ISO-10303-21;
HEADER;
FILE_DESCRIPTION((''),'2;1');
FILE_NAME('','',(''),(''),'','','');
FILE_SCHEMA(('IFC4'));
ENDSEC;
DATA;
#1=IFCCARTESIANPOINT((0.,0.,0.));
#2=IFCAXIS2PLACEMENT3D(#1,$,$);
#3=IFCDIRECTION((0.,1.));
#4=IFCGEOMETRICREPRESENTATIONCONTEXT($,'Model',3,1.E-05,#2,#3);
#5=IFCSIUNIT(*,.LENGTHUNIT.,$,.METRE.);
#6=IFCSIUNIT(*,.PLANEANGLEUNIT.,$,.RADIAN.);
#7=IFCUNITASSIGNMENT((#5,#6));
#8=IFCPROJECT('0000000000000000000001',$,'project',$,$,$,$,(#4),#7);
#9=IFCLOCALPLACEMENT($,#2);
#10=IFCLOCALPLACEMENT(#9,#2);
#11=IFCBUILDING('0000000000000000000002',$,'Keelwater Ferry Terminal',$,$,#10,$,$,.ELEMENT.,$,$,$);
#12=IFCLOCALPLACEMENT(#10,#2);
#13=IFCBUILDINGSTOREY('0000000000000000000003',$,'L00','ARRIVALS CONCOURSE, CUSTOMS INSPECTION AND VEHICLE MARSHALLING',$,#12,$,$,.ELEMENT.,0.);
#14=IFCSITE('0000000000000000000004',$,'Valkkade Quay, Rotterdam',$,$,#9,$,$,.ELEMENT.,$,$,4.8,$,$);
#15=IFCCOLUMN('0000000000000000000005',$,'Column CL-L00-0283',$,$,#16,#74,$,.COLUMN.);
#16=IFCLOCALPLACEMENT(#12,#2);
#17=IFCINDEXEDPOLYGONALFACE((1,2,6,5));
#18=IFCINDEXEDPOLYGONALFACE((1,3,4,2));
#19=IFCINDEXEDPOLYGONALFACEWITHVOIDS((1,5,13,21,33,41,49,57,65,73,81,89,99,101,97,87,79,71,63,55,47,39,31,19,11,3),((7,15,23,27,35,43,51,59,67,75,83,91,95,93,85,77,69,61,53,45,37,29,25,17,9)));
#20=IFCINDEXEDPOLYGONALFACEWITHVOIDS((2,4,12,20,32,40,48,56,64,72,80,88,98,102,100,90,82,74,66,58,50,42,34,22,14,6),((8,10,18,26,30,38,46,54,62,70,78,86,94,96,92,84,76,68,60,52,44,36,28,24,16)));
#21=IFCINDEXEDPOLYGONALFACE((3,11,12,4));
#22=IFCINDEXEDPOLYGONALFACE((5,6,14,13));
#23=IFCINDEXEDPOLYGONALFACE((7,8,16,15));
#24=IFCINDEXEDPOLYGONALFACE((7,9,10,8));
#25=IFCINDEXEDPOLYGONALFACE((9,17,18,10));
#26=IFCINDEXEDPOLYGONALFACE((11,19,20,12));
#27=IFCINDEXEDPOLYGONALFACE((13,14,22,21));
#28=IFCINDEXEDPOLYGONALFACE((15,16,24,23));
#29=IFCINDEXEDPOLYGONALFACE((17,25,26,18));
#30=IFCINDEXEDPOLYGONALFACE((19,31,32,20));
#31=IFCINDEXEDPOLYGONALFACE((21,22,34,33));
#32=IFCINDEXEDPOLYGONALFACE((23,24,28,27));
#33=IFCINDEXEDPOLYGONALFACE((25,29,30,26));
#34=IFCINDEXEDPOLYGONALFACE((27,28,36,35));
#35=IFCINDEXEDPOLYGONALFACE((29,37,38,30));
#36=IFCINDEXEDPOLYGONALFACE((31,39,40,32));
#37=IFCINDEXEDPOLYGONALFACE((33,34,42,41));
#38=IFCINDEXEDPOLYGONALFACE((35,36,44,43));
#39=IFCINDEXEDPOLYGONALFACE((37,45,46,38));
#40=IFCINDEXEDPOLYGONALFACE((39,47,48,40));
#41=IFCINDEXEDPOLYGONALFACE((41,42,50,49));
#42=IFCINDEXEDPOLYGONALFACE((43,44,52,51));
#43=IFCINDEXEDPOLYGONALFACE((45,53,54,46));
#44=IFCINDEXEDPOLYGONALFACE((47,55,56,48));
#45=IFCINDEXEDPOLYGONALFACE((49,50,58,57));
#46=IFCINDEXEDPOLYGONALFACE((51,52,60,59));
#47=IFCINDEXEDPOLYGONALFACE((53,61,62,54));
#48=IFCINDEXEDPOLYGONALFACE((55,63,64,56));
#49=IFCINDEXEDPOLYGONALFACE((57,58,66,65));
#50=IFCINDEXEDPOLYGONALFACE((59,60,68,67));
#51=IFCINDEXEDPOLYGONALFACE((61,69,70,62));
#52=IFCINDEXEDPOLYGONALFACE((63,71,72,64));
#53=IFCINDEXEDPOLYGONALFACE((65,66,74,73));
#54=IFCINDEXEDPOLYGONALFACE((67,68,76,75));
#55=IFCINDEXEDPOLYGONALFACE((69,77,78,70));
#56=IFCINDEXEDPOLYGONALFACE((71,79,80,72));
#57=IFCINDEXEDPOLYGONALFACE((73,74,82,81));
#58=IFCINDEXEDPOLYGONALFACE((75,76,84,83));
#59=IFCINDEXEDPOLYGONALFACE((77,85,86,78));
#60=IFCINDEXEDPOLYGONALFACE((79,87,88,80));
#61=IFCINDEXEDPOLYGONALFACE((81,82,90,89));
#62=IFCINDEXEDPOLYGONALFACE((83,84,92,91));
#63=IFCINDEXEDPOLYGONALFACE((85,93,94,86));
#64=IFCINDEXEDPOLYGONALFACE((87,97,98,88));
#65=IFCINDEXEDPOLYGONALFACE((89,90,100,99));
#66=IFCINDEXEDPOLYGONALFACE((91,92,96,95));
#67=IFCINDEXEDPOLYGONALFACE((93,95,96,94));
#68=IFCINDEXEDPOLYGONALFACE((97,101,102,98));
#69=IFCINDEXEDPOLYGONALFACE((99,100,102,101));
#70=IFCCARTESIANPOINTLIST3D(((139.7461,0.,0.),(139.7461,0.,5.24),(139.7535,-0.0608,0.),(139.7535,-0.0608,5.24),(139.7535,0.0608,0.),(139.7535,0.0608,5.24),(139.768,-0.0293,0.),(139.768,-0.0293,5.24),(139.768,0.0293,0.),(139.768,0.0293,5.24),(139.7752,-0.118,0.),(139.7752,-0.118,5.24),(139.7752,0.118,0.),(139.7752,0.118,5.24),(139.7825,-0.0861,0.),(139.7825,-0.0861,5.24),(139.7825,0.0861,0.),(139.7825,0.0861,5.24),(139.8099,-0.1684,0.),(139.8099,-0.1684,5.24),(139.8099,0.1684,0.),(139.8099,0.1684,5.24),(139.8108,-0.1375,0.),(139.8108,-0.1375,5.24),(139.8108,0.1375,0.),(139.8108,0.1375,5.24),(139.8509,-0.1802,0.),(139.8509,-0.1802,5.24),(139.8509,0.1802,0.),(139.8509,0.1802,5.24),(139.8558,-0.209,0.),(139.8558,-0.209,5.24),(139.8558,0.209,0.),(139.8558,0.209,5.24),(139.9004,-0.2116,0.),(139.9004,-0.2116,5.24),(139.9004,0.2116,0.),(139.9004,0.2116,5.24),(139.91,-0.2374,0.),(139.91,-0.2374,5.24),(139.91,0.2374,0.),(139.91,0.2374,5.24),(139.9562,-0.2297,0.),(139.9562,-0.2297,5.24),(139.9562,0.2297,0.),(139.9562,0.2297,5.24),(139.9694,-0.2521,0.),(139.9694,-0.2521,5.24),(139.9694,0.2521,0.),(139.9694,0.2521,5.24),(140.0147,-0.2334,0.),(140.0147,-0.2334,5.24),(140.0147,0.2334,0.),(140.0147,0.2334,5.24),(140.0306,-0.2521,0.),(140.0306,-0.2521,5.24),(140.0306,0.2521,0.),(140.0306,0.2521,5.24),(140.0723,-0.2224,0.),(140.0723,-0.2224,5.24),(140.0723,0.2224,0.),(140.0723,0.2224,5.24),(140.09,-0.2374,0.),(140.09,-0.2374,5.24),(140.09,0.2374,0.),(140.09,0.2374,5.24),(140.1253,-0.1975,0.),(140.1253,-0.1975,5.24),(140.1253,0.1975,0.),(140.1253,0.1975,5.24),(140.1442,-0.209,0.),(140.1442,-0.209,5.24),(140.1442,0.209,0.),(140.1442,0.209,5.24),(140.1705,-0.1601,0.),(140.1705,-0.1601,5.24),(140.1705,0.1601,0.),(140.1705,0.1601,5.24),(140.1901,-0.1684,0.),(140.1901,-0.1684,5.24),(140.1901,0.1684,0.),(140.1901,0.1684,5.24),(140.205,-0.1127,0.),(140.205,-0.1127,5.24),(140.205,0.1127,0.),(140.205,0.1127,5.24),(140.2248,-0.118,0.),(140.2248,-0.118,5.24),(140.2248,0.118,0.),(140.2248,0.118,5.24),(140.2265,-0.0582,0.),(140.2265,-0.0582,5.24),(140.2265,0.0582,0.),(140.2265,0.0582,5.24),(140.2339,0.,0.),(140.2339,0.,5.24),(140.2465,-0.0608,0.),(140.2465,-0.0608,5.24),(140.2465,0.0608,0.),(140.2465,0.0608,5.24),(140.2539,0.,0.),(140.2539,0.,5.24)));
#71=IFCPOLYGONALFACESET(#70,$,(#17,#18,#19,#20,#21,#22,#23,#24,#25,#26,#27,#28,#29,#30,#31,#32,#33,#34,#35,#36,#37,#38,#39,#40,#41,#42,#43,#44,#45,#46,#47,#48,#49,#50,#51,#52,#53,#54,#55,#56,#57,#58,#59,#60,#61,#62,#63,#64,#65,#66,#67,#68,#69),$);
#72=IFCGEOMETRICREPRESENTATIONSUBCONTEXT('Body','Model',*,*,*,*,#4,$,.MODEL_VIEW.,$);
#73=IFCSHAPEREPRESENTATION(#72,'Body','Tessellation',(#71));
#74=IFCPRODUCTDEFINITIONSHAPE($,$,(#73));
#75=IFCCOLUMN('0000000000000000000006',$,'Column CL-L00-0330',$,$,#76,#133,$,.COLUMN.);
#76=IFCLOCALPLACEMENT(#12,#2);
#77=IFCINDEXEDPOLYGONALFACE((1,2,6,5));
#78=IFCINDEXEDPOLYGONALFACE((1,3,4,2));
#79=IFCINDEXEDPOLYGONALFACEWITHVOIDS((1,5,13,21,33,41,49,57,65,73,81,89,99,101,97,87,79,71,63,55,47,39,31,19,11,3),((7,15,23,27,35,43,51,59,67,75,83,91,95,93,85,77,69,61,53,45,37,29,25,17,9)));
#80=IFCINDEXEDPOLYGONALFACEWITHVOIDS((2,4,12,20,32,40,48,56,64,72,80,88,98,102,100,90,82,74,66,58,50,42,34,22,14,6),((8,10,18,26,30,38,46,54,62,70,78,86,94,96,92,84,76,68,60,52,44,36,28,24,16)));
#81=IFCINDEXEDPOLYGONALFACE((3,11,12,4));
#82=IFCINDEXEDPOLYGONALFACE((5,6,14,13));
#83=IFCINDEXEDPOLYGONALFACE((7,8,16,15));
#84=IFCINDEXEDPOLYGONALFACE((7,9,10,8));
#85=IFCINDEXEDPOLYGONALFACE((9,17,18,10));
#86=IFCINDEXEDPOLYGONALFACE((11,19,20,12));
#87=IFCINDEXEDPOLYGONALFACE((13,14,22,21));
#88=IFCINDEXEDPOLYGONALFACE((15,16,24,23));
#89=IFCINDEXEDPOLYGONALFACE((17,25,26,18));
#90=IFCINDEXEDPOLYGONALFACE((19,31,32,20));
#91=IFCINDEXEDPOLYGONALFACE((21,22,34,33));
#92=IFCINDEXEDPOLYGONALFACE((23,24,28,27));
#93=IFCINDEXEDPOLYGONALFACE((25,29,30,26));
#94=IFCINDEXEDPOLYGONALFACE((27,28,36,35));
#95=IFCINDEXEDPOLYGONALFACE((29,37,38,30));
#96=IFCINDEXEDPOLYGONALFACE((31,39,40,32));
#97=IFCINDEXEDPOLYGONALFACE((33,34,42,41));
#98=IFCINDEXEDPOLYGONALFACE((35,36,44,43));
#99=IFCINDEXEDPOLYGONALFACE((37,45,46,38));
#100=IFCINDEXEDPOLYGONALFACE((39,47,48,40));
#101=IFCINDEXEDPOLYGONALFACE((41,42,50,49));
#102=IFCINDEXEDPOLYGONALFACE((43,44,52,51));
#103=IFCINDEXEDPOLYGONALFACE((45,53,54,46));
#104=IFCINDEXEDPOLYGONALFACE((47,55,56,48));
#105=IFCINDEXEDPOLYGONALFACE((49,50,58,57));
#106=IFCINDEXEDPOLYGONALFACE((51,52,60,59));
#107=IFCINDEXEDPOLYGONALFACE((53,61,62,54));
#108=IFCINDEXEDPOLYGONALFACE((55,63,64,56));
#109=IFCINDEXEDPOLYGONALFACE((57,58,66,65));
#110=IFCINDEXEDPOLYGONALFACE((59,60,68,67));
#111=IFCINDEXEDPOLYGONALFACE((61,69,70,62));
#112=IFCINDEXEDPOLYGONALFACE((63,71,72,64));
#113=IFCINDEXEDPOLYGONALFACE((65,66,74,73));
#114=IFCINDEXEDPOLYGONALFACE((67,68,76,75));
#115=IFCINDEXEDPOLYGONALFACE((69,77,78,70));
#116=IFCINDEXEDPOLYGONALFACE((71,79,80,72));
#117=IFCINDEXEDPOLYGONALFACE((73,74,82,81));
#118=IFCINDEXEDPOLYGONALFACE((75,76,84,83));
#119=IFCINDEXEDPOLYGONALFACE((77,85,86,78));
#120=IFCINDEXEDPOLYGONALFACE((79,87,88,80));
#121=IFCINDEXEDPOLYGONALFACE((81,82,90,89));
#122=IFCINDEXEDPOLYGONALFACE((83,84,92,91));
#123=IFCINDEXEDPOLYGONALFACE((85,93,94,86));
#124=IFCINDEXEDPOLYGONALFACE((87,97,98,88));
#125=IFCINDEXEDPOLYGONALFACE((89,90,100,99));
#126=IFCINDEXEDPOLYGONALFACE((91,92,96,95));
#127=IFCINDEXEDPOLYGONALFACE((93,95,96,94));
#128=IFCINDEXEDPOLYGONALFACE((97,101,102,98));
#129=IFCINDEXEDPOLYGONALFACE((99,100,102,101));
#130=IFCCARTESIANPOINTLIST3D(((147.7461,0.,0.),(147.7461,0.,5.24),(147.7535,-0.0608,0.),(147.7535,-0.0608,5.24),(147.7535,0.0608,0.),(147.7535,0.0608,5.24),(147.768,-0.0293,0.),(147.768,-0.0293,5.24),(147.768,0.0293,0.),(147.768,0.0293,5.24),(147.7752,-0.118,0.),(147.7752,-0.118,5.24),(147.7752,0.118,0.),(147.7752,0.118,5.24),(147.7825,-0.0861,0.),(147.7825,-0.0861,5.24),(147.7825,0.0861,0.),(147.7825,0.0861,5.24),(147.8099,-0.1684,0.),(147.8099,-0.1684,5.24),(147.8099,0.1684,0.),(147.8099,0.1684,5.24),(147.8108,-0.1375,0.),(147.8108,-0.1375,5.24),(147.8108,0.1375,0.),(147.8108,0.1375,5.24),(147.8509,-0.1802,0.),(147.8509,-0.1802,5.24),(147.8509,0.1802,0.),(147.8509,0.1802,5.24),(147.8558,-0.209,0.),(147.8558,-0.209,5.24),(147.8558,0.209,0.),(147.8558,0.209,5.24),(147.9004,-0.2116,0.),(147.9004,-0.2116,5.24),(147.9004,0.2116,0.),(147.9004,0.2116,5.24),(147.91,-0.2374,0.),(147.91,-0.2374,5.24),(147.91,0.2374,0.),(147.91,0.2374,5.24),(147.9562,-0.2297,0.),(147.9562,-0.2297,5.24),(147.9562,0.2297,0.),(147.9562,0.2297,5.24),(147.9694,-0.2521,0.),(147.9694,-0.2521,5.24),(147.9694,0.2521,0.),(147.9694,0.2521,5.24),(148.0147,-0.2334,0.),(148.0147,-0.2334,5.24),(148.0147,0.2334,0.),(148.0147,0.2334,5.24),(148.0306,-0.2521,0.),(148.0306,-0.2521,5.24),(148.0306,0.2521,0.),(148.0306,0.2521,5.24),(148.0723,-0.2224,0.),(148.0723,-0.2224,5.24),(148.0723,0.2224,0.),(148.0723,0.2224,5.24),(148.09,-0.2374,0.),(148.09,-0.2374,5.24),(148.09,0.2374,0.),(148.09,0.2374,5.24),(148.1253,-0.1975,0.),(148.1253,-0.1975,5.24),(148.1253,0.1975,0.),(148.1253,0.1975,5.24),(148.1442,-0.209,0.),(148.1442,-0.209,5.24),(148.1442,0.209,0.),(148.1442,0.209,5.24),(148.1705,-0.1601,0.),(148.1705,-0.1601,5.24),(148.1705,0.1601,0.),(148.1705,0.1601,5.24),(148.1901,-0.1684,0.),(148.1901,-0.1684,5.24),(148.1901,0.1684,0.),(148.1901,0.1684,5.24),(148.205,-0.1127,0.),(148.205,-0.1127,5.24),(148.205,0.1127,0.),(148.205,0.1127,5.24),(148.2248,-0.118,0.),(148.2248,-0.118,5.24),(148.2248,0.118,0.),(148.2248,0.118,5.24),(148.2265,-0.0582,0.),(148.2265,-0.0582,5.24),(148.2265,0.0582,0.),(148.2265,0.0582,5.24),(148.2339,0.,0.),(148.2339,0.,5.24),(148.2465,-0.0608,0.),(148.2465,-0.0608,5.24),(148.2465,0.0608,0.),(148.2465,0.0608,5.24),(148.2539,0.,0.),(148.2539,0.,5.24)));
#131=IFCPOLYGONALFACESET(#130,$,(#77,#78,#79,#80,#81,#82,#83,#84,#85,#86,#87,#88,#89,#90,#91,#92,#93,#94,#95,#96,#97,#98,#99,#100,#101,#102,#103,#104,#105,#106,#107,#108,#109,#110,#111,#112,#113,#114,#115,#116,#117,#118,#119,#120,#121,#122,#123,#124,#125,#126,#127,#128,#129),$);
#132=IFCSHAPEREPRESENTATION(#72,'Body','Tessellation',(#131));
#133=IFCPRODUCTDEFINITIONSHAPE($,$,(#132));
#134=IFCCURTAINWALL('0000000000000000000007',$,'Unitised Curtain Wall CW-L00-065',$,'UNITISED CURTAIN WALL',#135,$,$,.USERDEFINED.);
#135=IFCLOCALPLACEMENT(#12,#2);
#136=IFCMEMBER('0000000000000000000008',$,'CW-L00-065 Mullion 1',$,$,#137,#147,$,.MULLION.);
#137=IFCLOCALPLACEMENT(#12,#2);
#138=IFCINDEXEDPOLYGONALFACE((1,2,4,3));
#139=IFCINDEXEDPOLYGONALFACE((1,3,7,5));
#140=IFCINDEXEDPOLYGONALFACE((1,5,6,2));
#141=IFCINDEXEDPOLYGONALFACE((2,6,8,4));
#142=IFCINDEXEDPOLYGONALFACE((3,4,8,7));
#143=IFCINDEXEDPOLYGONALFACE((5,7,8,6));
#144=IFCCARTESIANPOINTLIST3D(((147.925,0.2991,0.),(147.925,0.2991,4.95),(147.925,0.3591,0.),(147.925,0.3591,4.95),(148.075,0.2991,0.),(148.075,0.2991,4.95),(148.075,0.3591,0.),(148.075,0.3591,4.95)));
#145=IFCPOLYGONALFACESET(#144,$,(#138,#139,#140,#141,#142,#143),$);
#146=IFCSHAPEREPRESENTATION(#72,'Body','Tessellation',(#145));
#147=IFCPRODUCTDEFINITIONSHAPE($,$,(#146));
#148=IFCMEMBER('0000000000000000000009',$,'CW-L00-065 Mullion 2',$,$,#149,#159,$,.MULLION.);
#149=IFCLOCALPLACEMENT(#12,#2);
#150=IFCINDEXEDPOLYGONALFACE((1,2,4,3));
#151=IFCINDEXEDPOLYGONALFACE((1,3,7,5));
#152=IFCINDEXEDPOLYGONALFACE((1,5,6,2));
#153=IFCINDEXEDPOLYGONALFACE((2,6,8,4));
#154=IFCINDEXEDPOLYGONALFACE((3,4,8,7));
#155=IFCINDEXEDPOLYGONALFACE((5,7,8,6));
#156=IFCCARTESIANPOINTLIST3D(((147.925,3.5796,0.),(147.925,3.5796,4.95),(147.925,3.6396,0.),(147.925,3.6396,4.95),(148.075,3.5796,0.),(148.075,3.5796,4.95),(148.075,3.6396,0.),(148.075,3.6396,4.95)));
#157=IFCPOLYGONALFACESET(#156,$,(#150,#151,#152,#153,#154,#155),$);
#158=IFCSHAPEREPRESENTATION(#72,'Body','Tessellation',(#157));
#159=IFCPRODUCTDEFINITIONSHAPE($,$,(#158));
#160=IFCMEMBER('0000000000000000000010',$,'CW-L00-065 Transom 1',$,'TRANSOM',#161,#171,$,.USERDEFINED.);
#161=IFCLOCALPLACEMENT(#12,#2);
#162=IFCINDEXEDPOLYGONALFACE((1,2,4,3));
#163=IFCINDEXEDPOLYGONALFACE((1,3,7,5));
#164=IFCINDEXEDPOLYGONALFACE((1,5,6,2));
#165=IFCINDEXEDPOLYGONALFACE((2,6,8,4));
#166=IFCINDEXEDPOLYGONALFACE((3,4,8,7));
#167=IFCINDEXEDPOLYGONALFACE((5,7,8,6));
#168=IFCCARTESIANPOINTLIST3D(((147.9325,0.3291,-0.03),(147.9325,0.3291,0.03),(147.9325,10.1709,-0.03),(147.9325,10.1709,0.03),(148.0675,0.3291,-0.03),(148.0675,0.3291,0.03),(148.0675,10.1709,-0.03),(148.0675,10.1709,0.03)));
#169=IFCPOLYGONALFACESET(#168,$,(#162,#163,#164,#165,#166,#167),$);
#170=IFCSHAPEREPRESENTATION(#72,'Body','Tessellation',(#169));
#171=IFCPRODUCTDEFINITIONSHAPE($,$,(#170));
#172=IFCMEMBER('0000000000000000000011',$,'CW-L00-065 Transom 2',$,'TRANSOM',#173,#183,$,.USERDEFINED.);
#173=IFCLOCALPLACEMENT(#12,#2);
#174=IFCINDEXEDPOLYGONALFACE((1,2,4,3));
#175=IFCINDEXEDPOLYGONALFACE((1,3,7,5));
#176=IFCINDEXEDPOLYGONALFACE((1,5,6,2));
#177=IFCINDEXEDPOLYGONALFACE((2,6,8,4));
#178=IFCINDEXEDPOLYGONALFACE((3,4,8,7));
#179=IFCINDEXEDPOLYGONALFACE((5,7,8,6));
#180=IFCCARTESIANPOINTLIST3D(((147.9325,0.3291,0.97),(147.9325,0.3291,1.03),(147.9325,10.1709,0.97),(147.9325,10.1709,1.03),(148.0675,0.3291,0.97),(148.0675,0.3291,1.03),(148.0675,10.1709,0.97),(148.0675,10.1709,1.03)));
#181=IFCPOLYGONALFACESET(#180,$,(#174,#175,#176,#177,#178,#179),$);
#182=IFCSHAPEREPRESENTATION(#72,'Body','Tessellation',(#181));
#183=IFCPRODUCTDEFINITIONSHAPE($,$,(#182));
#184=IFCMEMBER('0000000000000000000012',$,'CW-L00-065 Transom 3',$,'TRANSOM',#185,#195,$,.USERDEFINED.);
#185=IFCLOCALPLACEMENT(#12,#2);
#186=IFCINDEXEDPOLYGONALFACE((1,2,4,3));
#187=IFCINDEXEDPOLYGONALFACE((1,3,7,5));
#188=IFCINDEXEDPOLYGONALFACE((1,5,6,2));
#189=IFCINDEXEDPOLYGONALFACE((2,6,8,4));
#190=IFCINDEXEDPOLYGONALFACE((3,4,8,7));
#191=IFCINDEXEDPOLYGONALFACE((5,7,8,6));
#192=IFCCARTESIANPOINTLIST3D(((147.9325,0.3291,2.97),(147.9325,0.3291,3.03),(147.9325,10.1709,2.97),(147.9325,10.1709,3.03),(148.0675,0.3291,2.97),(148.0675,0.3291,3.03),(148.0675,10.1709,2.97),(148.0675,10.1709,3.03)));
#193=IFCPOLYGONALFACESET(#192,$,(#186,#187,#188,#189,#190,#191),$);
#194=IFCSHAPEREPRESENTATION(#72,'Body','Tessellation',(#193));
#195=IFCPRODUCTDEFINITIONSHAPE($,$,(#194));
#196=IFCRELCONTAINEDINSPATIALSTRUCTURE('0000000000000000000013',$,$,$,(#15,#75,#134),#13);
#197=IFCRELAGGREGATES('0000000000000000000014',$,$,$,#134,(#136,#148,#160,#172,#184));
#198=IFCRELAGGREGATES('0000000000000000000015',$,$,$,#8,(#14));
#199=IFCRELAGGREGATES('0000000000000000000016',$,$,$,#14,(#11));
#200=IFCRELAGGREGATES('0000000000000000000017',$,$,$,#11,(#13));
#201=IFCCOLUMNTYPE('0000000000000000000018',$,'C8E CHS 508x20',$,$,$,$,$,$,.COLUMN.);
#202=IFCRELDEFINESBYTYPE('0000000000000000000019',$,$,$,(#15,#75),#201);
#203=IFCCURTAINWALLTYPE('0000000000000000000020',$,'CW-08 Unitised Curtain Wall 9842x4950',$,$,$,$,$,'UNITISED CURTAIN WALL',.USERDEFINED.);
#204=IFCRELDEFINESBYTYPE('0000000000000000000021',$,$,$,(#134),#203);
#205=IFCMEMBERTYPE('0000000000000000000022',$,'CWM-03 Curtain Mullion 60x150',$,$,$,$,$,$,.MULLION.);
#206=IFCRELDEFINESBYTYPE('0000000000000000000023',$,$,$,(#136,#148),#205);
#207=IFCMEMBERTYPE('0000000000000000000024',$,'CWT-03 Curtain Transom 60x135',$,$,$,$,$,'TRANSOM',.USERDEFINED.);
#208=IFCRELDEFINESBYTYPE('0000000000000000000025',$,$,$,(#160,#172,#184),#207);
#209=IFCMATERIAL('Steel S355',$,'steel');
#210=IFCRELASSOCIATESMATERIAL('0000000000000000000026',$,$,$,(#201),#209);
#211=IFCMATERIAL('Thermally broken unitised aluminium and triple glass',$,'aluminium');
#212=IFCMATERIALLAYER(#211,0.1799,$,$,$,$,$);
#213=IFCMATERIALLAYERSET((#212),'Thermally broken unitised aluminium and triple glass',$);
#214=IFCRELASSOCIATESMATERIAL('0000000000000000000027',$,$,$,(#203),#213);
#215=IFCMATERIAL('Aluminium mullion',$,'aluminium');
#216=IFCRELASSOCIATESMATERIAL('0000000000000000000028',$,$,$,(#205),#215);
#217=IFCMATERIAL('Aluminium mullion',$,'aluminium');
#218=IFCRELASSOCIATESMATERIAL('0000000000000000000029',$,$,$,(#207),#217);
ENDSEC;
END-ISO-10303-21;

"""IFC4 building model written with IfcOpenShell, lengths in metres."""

from ifc_helpers import new_model, si_unit, direction, frame, origin, origin_2d, place, context, subcontext, project, spatial, rectangle, hollow_circle, extrude, material, layer, layer_set, material_profile, profile_set, type_object, element, aggregate, save


model = new_model("IFC4")

# Units and contexts
model_context = context("Model", 3, precision=1e-05, world=origin(), true_north=direction((0.0, 1.0)))
body_context = subcontext(model_context, "Body", "Model", "MODEL_VIEW")
ifc_project = project(units=[si_unit("LENGTHUNIT", "METRE"), si_unit("PLANEANGLEUNIT", "RADIAN")], contexts=[model_context])

# Site, building, storey
site_placement = place(None, origin())
site = spatial("IfcSite", under=ifc_project, at=site_placement, Name="Valkkade Quay, Rotterdam", CompositionType="ELEMENT", RefElevation=4.8)
building_placement = place(site_placement, origin())
building = spatial("IfcBuilding", under=site, at=building_placement, Name="Keelwater Ferry Terminal", CompositionType="ELEMENT")
storey_placement = place(building_placement, origin())
storey = spatial("IfcBuildingStorey", under=building, at=storey_placement, Name="L00", Description="ARRIVALS CONCOURSE, CUSTOMS INSPECTION AND VEHICLE MARSHALLING", CompositionType="ELEMENT", Elevation=0.0)

# Columns
ifc_material_1 = material(Name="Steel S355", Category="steel")
ifc_material_profile_1 = material_profile(ifc_material_1, hollow_circle(Radius=0.2539, WallThickness=0.02, at=origin_2d()), Name="CHS 508x20")
ifc_profile_set_1 = profile_set([ifc_material_profile_1], Name="Steel S355")
column_type = type_object("IfcColumnType", Name="C8E CHS 508x20", PredefinedType="COLUMN", material=ifc_profile_set_1)
for number, where, z_axis, x_axis, name in (
    (1, (140.0, 0.0, 0.0), (0.0, 0.0, 1.0), (1.0, 0.0, 0.0), "Column CL-L00-0283"),
    (2, (148.0, 0.0, 0.0), (0.0, 0.0, 1.0), (1.0, 0.0, 0.0), "Column CL-L00-0330"),
):
    element("IfcColumn", number, at=place(storey_placement, frame(where, z_axis=z_axis, x_axis=x_axis)), inside=storey, type_object=column_type, Name=name, PredefinedType="COLUMN", context=body_context, shape_type="SweptSolid", body=[
        extrude(hollow_circle(Radius=0.2539, WallThickness=0.02, at=origin_2d()), origin(), (0.0, 0.0, 1.0), 5.24),
    ])

# Curtain wall, members
ifc_material_2 = material(Name="Thermally broken unitised aluminium and triple glass", Category="aluminium")
ifc_layer_1 = layer(ifc_material_2, 0.1799)
ifc_layer_set_1 = layer_set([ifc_layer_1], Name="Thermally broken unitised aluminium and triple glass")
curtain_wall_type = type_object("IfcCurtainWallType", Name="CW-08 Unitised Curtain Wall 9842x4950", ElementType="UNITISED CURTAIN WALL", PredefinedType="USERDEFINED", material=ifc_layer_set_1)
curtain_wall_placement = place(storey_placement, origin())
curtain_wall = element("IfcCurtainWall", 3, at=curtain_wall_placement, inside=storey, type_object=curtain_wall_type, Name="Unitised Curtain Wall CW-L00-065", ObjectType="UNITISED CURTAIN WALL", PredefinedType="USERDEFINED")
ifc_material_3 = material(Name="Aluminium mullion", Category="aluminium")
ifc_material_profile_2 = material_profile(ifc_material_3, rectangle(XDim=0.0601, YDim=0.1499, at=origin_2d()), Name="CWM-03")
ifc_profile_set_2 = profile_set([ifc_material_profile_2], Name="Aluminium mullion")
member_type_1 = type_object("IfcMemberType", Name="CWM-03 Curtain Mullion 60x150", PredefinedType="MULLION", material=ifc_profile_set_2)
member_1_placement = place(storey_placement, frame((148.0, 0.3291, 0.0), z_axis=(0.0, 0.0, 1.0), x_axis=(0.0, 1.0, 0.0)))
member_1 = element("IfcMember", 4, at=member_1_placement, type_object=member_type_1, Name="CW-L00-065 Mullion 1", PredefinedType="MULLION", context=body_context, shape_type="SweptSolid", body=[
    extrude(rectangle(XDim=0.0601, YDim=0.1499, at=origin_2d()), origin(), (0.0, 0.0, 1.0), 4.95),
])
member_2_placement = place(storey_placement, frame((148.0, 3.6096, 0.0), z_axis=(0.0, 0.0, 1.0), x_axis=(0.0, 1.0, 0.0)))
member_2 = element("IfcMember", 5, at=member_2_placement, type_object=member_type_1, Name="CW-L00-065 Mullion 2", PredefinedType="MULLION", context=body_context, shape_type="SweptSolid", body=[
    extrude(rectangle(XDim=0.0601, YDim=0.1499, at=origin_2d()), origin(), (0.0, 0.0, 1.0), 4.95),
])
ifc_material_4 = material(Name="Aluminium mullion", Category="aluminium")
ifc_material_profile_3 = material_profile(ifc_material_4, rectangle(XDim=0.135, YDim=0.0601, at=origin_2d()), Name="CWT-03")
ifc_profile_set_3 = profile_set([ifc_material_profile_3], Name="Aluminium mullion")
member_type_2 = type_object("IfcMemberType", Name="CWT-03 Curtain Transom 60x135", ElementType="TRANSOM", PredefinedType="USERDEFINED", material=ifc_profile_set_3)
member_3_placement = place(storey_placement, frame((148.0, 0.3291, 0.0), z_axis=(0.0, 1.0, 0.0), x_axis=(-1.0, 0.0, 0.0)))
member_3 = element("IfcMember", 6, at=member_3_placement, type_object=member_type_2, Name="CW-L00-065 Transom 1", ObjectType="TRANSOM", PredefinedType="USERDEFINED", context=body_context, shape_type="SweptSolid", body=[
    extrude(rectangle(XDim=0.135, YDim=0.0601, at=origin_2d()), origin(), (0.0, 0.0, 1.0), 9.8418),
])
member_4_placement = place(storey_placement, frame((148.0, 0.3291, 1.0), z_axis=(0.0, 1.0, 0.0), x_axis=(-1.0, 0.0, 0.0)))
member_4 = element("IfcMember", 7, at=member_4_placement, type_object=member_type_2, Name="CW-L00-065 Transom 2", ObjectType="TRANSOM", PredefinedType="USERDEFINED", context=body_context, shape_type="SweptSolid", body=[
    extrude(rectangle(XDim=0.135, YDim=0.0601, at=origin_2d()), origin(), (0.0, 0.0, 1.0), 9.8418),
])
member_5_placement = place(storey_placement, frame((148.0, 0.3291, 3.0), z_axis=(0.0, 1.0, 0.0), x_axis=(-1.0, 0.0, 0.0)))
member_5 = element("IfcMember", 8, at=member_5_placement, type_object=member_type_2, Name="CW-L00-065 Transom 3", ObjectType="TRANSOM", PredefinedType="USERDEFINED", context=body_context, shape_type="SweptSolid", body=[
    extrude(rectangle(XDim=0.135, YDim=0.0601, at=origin_2d()), origin(), (0.0, 0.0, 1.0), 9.8418),
])

aggregate(curtain_wall, [member_1, member_2, member_3, member_4, member_5])

save(model, "model.ifc")
